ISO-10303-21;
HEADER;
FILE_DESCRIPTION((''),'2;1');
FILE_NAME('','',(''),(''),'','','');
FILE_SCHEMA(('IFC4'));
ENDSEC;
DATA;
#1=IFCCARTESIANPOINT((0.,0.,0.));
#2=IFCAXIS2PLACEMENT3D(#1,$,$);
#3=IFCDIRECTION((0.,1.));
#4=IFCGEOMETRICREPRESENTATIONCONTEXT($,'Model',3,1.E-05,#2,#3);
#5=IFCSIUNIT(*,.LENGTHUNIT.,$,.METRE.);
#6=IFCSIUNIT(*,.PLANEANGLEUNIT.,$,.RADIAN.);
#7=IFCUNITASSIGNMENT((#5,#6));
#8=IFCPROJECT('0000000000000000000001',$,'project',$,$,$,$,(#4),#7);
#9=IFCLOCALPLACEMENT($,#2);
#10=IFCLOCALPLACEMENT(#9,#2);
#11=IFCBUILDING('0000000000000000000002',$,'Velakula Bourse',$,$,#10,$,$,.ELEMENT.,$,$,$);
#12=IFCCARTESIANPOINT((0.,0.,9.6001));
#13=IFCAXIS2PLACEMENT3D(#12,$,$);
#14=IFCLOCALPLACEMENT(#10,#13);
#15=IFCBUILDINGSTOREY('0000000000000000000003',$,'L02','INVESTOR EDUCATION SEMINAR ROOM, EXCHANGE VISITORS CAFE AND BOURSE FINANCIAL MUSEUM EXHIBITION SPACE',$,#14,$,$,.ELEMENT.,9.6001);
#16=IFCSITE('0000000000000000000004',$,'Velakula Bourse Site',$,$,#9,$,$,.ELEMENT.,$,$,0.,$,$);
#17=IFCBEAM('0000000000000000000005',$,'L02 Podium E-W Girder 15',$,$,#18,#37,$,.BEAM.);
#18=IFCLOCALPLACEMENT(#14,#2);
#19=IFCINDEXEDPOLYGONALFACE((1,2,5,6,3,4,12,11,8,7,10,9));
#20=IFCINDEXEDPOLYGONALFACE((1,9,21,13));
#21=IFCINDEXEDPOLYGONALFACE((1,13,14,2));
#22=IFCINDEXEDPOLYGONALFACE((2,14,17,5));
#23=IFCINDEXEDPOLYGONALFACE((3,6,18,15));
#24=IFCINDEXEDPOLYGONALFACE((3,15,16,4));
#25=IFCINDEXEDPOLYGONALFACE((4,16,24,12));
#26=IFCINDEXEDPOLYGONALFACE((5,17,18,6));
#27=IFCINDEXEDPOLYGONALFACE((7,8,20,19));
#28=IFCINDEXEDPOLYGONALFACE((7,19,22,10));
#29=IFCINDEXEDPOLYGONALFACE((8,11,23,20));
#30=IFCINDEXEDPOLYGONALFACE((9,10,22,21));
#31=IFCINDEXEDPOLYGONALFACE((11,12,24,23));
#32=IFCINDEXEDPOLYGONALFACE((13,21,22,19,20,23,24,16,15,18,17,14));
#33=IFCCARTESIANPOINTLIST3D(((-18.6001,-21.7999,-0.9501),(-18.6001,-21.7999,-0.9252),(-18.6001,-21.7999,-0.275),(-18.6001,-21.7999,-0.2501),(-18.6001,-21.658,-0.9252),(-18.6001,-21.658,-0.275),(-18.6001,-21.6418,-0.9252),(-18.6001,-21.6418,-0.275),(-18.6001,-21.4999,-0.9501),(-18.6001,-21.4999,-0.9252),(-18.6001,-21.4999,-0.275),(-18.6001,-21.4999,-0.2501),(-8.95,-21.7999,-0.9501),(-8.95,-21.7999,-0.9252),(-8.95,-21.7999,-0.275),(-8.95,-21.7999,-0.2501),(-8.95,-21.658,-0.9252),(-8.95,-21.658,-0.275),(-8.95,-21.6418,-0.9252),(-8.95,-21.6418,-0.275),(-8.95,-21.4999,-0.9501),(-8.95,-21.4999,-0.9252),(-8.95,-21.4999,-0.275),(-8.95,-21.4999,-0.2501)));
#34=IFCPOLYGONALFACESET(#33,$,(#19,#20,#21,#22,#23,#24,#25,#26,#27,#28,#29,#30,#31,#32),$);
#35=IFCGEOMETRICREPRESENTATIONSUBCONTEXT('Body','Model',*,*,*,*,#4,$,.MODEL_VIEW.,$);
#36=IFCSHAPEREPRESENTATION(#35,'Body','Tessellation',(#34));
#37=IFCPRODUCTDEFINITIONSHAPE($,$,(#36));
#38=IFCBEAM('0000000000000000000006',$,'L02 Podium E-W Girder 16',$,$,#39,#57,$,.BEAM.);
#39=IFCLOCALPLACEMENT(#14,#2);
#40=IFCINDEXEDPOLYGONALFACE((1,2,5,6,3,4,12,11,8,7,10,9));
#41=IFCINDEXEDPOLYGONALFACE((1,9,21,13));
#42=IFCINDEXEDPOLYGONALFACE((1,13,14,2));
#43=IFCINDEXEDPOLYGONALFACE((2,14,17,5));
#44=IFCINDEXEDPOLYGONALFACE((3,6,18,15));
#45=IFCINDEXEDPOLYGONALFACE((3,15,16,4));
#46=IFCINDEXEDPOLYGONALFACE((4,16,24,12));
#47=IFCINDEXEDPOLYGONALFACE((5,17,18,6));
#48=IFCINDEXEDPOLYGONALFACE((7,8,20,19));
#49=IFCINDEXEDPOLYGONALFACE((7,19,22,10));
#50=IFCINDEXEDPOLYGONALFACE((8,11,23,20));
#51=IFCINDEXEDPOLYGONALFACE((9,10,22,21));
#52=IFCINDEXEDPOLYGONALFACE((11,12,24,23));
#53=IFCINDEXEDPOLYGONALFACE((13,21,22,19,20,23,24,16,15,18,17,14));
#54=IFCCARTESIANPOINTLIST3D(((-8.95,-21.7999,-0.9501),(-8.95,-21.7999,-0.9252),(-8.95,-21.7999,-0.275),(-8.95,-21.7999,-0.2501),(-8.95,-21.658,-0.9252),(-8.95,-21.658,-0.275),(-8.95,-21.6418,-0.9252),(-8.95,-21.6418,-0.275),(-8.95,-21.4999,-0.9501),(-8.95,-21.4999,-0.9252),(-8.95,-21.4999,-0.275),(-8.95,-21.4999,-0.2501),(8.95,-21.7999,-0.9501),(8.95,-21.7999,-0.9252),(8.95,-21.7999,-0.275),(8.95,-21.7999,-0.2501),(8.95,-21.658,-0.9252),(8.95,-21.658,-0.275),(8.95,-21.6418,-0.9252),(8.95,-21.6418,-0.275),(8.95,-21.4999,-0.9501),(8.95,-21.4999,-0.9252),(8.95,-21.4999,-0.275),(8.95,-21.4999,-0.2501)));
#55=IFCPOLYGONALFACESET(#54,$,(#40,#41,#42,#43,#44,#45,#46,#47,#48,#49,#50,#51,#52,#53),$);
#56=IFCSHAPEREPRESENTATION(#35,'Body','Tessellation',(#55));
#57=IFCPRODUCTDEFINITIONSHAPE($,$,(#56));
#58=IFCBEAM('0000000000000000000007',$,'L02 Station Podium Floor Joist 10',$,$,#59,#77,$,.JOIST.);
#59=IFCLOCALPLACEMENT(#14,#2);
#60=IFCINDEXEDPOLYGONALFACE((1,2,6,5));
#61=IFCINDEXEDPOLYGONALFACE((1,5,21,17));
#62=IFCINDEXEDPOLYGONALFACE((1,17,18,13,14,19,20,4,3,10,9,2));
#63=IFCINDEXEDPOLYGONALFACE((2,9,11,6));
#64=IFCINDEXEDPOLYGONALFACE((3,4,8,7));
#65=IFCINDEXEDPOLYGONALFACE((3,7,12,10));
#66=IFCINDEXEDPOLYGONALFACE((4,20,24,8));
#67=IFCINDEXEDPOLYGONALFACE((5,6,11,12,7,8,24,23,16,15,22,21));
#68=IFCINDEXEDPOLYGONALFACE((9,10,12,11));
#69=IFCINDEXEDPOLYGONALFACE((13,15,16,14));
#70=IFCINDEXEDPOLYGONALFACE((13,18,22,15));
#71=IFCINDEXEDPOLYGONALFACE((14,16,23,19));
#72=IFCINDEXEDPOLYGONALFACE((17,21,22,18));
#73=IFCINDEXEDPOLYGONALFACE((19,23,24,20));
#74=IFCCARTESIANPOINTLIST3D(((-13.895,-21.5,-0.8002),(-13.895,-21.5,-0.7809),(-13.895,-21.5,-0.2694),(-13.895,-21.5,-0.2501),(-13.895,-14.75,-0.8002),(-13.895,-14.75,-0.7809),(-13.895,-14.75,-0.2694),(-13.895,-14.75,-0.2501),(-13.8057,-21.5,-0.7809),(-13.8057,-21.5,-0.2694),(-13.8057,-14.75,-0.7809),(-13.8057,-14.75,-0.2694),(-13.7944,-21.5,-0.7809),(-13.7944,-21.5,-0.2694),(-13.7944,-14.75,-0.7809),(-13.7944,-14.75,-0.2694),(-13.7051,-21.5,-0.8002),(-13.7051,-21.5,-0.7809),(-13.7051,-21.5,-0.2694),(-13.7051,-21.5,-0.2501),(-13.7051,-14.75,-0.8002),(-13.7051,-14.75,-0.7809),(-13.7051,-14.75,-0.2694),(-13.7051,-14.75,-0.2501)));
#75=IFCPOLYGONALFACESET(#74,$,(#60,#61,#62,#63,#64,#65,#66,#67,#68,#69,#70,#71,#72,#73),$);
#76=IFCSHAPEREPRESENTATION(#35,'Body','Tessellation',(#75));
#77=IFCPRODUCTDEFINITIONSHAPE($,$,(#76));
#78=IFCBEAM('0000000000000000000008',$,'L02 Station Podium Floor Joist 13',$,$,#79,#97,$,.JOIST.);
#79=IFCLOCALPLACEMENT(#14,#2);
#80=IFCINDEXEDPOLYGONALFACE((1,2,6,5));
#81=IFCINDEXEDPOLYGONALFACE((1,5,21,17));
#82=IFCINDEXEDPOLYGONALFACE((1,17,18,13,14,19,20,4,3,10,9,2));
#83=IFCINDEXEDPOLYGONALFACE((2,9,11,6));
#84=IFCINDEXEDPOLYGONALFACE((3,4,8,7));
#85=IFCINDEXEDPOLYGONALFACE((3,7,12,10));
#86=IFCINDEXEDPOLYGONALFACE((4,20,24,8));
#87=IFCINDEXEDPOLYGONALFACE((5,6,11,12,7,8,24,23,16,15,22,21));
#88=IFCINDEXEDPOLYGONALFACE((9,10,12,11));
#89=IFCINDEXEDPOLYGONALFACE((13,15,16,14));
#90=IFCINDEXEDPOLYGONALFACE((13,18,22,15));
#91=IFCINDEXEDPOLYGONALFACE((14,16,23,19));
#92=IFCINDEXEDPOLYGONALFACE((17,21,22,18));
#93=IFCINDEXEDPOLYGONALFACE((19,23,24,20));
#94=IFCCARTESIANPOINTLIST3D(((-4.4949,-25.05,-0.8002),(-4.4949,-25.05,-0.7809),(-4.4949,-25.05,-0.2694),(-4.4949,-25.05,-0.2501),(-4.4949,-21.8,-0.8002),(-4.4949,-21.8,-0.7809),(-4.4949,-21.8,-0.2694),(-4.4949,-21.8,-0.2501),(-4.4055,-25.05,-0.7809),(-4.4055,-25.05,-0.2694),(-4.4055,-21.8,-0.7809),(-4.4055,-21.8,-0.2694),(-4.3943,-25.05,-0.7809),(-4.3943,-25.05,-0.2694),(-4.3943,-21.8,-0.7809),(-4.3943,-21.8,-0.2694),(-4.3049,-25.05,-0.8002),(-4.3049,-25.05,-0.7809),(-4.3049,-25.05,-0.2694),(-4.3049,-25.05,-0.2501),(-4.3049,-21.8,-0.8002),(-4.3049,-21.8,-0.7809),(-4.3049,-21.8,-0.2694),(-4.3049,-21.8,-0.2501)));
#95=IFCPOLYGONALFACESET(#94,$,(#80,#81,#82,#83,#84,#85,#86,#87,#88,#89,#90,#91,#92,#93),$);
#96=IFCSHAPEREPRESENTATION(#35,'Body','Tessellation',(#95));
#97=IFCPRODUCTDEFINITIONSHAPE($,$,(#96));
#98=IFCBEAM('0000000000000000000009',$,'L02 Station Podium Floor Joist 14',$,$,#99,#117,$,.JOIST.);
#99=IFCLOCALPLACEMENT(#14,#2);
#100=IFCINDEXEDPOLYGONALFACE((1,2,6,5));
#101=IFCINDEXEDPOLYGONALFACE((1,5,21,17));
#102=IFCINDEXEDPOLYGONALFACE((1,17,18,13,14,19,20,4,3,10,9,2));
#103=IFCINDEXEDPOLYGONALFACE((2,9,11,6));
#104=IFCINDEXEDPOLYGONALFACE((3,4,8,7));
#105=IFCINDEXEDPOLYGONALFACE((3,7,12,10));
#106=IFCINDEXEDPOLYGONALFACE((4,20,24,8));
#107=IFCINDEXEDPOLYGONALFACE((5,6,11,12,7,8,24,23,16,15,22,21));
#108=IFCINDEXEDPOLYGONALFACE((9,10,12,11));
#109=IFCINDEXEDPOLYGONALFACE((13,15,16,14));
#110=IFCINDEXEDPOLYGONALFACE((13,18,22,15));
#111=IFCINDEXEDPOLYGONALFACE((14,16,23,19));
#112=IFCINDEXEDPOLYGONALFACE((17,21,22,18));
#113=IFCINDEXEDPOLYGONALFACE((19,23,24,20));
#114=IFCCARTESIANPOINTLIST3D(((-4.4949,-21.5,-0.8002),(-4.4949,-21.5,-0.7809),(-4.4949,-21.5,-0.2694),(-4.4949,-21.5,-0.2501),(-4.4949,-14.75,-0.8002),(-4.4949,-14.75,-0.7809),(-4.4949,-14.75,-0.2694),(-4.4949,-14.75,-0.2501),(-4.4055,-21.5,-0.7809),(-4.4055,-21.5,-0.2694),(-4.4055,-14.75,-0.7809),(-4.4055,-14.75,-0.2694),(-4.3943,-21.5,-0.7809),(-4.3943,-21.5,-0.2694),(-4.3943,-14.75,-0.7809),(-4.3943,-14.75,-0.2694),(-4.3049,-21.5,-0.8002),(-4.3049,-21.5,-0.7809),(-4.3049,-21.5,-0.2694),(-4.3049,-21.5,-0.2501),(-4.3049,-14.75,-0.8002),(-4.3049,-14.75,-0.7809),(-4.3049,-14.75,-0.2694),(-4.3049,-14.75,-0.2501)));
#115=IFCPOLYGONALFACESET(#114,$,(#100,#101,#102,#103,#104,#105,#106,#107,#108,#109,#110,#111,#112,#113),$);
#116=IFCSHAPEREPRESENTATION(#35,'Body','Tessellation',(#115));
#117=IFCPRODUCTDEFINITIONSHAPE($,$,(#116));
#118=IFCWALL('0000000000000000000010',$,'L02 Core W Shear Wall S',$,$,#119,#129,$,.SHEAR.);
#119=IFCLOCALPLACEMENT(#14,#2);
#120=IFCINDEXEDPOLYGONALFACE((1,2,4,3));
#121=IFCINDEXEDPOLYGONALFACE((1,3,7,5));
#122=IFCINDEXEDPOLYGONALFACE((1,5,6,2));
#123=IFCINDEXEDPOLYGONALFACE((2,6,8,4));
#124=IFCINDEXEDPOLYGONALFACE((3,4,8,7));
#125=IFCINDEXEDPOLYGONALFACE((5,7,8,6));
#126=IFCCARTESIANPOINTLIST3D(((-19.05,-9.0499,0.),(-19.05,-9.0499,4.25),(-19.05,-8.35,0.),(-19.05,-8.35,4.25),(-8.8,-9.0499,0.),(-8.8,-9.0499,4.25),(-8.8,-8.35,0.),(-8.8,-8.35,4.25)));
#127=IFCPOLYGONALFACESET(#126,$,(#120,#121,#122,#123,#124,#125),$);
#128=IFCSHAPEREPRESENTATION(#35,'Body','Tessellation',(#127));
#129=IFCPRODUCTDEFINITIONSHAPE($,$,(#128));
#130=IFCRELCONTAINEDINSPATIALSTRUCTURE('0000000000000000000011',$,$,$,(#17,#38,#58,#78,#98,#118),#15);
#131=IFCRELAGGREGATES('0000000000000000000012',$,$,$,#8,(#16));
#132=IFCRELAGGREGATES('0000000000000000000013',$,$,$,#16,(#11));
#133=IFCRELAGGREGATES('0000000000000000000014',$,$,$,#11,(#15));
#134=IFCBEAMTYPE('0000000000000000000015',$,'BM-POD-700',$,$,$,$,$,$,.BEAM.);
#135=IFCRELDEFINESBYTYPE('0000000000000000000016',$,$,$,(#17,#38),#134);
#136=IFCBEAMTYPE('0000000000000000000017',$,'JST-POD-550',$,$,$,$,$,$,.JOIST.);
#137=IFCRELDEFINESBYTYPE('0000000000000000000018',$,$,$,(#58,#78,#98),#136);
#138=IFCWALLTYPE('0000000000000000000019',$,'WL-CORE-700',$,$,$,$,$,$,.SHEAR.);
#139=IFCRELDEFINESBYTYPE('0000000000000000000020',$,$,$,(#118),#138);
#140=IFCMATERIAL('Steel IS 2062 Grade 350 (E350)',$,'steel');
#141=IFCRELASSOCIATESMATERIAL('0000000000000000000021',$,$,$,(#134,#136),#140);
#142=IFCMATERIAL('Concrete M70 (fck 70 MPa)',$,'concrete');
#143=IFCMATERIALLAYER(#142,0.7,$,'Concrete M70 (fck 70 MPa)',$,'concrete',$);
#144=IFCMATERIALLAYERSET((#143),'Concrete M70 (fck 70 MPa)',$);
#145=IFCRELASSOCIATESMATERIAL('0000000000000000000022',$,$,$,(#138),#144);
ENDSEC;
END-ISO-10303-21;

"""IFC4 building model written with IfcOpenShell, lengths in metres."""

from ifc_helpers import new_model, si_unit, direction, frame, frame_2d, origin, origin_2d, place, context, subcontext, project, spatial, rectangle, i_section, extrude, material, layer, layer_set, material_profile, profile_set, type_object, element, save


model = new_model("IFC4")

# Units and contexts
model_context = context("Model", 3, precision=1e-05, world=origin(), true_north=direction((0.0, 1.0)))
body_context = subcontext(model_context, "Body", "Model", "MODEL_VIEW")
ifc_project = project(units=[si_unit("LENGTHUNIT", "METRE"), si_unit("PLANEANGLEUNIT", "RADIAN")], contexts=[model_context])

# Site, building, storey
site_placement = place(None, origin())
site = spatial("IfcSite", under=ifc_project, at=site_placement, Name="Velakula Bourse Site", CompositionType="ELEMENT", RefElevation=0.0)
building_placement = place(site_placement, origin())
building = spatial("IfcBuilding", under=site, at=building_placement, Name="Velakula Bourse", CompositionType="ELEMENT")
storey_placement = place(building_placement, frame((0.0, 0.0, 9.6001)))
storey = spatial("IfcBuildingStorey", under=building, at=storey_placement, Name="L02", Description="INVESTOR EDUCATION SEMINAR ROOM, EXCHANGE VISITORS CAFE AND BOURSE FINANCIAL MUSEUM EXHIBITION SPACE", CompositionType="ELEMENT", Elevation=9.6001)

# Shared definitions
ifc_material_1 = material(Name="Concrete M70 (fck 70 MPa)", Category="concrete")

# Beams
ifc_material_2 = material(Name="Steel IS 2062 Grade 350 (E350)", Category="steel")
ifc_material_profile_1 = material_profile(ifc_material_2, i_section(OverallWidth=0.3, OverallDepth=0.7, WebThickness=0.0161, FlangeThickness=0.0249, at=origin_2d()), Name="Steel IS 2062 Grade 350 (E350)")
ifc_profile_set_1 = profile_set([ifc_material_profile_1], Name="Steel IS 2062 Grade 350 (E350)")
beam_type_1 = type_object("IfcBeamType", Name="BM-POD-700", PredefinedType="BEAM", material=ifc_profile_set_1)
beam_1_placement = place(storey_placement, frame((-18.6001, -21.6499, -0.6001), z_axis=(1.0, 0.0, 0.0), x_axis=(0.0, 1.0, 0.0)))
element("IfcBeam", 1, at=beam_1_placement, inside=storey, type_object=beam_type_1, Name="L02 Podium E-W Girder 15", PredefinedType="BEAM", context=body_context, shape_type="SweptSolid", body=[
    extrude(i_section(OverallWidth=0.3, OverallDepth=0.7, WebThickness=0.0161, FlangeThickness=0.0249, at=origin_2d()), origin(), (0.0, 0.0, 1.0), 9.6501),
])
beam_2_placement = place(storey_placement, frame((-8.95, -21.6499, -0.6001), z_axis=(1.0, 0.0, 0.0), x_axis=(0.0, 1.0, 0.0)))
element("IfcBeam", 2, at=beam_2_placement, inside=storey, type_object=beam_type_1, Name="L02 Podium E-W Girder 16", PredefinedType="BEAM", context=body_context, shape_type="SweptSolid", body=[
    extrude(i_section(OverallWidth=0.3, OverallDepth=0.7, WebThickness=0.0161, FlangeThickness=0.0249, at=origin_2d()), origin(), (0.0, 0.0, 1.0), 17.8999),
])
ifc_material_profile_2 = material_profile(ifc_material_2, i_section(OverallWidth=0.1899, OverallDepth=0.55, WebThickness=0.0112, FlangeThickness=0.0193, at=origin_2d()), Name="Steel IS 2062 Grade 350 (E350)")
ifc_profile_set_2 = profile_set([ifc_material_profile_2], Name="Steel IS 2062 Grade 350 (E350)")
beam_type_2 = type_object("IfcBeamType", Name="JST-POD-550", PredefinedType="JOIST", material=ifc_profile_set_2)
beam_3_placement = place(storey_placement, frame((-13.8, -21.5, -0.5251), z_axis=(0.0, 1.0, 0.0), x_axis=(-1.0, 0.0, 0.0)))
element("IfcBeam", 3, at=beam_3_placement, inside=storey, type_object=beam_type_2, Name="L02 Station Podium Floor Joist 10", PredefinedType="JOIST", context=body_context, shape_type="SweptSolid", body=[
    extrude(i_section(OverallWidth=0.1899, OverallDepth=0.55, WebThickness=0.0112, FlangeThickness=0.0193, at=origin_2d()), origin(), (0.0, 0.0, 1.0), 6.75),
])
beam_4_placement = place(storey_placement, frame((-4.3999, -25.05, -0.5251), z_axis=(0.0, 1.0, 0.0), x_axis=(-1.0, 0.0, 0.0)))
element("IfcBeam", 4, at=beam_4_placement, inside=storey, type_object=beam_type_2, Name="L02 Station Podium Floor Joist 13", PredefinedType="JOIST", context=body_context, shape_type="SweptSolid", body=[
    extrude(i_section(OverallWidth=0.1899, OverallDepth=0.55, WebThickness=0.0112, FlangeThickness=0.0193, at=origin_2d()), origin(), (0.0, 0.0, 1.0), 3.25),
])
beam_5_placement = place(storey_placement, frame((-4.3999, -21.5, -0.5251), z_axis=(0.0, 1.0, 0.0), x_axis=(-1.0, 0.0, 0.0)))
element("IfcBeam", 5, at=beam_5_placement, inside=storey, type_object=beam_type_2, Name="L02 Station Podium Floor Joist 14", PredefinedType="JOIST", context=body_context, shape_type="SweptSolid", body=[
    extrude(i_section(OverallWidth=0.1899, OverallDepth=0.55, WebThickness=0.0112, FlangeThickness=0.0193, at=origin_2d()), origin(), (0.0, 0.0, 1.0), 6.75),
])

# Wall
ifc_layer_1 = layer(ifc_material_1, 0.7, Name="Concrete M70 (fck 70 MPa)", Category="concrete")
ifc_layer_set_1 = layer_set([ifc_layer_1], Name="Concrete M70 (fck 70 MPa)")
wall_type_1 = type_object("IfcWallType", Name="WL-CORE-700", PredefinedType="SHEAR", material=ifc_layer_set_1)
wall_1_placement = place(storey_placement, frame((-19.05, -8.7, 0.0), z_axis=(0.0, 0.0, 1.0), x_axis=(1.0, 0.0, 0.0)))
element("IfcWall", 6, at=wall_1_placement, inside=storey, type_object=wall_type_1, Name="L02 Core W Shear Wall S", PredefinedType="SHEAR", context=body_context, shape_type="SweptSolid", body=[
    extrude(rectangle(XDim=10.25, YDim=0.7, at=frame_2d((5.125, 0.0))), origin(), (0.0, 0.0, 1.0), 4.25),
])

save(model, "model.ifc")
